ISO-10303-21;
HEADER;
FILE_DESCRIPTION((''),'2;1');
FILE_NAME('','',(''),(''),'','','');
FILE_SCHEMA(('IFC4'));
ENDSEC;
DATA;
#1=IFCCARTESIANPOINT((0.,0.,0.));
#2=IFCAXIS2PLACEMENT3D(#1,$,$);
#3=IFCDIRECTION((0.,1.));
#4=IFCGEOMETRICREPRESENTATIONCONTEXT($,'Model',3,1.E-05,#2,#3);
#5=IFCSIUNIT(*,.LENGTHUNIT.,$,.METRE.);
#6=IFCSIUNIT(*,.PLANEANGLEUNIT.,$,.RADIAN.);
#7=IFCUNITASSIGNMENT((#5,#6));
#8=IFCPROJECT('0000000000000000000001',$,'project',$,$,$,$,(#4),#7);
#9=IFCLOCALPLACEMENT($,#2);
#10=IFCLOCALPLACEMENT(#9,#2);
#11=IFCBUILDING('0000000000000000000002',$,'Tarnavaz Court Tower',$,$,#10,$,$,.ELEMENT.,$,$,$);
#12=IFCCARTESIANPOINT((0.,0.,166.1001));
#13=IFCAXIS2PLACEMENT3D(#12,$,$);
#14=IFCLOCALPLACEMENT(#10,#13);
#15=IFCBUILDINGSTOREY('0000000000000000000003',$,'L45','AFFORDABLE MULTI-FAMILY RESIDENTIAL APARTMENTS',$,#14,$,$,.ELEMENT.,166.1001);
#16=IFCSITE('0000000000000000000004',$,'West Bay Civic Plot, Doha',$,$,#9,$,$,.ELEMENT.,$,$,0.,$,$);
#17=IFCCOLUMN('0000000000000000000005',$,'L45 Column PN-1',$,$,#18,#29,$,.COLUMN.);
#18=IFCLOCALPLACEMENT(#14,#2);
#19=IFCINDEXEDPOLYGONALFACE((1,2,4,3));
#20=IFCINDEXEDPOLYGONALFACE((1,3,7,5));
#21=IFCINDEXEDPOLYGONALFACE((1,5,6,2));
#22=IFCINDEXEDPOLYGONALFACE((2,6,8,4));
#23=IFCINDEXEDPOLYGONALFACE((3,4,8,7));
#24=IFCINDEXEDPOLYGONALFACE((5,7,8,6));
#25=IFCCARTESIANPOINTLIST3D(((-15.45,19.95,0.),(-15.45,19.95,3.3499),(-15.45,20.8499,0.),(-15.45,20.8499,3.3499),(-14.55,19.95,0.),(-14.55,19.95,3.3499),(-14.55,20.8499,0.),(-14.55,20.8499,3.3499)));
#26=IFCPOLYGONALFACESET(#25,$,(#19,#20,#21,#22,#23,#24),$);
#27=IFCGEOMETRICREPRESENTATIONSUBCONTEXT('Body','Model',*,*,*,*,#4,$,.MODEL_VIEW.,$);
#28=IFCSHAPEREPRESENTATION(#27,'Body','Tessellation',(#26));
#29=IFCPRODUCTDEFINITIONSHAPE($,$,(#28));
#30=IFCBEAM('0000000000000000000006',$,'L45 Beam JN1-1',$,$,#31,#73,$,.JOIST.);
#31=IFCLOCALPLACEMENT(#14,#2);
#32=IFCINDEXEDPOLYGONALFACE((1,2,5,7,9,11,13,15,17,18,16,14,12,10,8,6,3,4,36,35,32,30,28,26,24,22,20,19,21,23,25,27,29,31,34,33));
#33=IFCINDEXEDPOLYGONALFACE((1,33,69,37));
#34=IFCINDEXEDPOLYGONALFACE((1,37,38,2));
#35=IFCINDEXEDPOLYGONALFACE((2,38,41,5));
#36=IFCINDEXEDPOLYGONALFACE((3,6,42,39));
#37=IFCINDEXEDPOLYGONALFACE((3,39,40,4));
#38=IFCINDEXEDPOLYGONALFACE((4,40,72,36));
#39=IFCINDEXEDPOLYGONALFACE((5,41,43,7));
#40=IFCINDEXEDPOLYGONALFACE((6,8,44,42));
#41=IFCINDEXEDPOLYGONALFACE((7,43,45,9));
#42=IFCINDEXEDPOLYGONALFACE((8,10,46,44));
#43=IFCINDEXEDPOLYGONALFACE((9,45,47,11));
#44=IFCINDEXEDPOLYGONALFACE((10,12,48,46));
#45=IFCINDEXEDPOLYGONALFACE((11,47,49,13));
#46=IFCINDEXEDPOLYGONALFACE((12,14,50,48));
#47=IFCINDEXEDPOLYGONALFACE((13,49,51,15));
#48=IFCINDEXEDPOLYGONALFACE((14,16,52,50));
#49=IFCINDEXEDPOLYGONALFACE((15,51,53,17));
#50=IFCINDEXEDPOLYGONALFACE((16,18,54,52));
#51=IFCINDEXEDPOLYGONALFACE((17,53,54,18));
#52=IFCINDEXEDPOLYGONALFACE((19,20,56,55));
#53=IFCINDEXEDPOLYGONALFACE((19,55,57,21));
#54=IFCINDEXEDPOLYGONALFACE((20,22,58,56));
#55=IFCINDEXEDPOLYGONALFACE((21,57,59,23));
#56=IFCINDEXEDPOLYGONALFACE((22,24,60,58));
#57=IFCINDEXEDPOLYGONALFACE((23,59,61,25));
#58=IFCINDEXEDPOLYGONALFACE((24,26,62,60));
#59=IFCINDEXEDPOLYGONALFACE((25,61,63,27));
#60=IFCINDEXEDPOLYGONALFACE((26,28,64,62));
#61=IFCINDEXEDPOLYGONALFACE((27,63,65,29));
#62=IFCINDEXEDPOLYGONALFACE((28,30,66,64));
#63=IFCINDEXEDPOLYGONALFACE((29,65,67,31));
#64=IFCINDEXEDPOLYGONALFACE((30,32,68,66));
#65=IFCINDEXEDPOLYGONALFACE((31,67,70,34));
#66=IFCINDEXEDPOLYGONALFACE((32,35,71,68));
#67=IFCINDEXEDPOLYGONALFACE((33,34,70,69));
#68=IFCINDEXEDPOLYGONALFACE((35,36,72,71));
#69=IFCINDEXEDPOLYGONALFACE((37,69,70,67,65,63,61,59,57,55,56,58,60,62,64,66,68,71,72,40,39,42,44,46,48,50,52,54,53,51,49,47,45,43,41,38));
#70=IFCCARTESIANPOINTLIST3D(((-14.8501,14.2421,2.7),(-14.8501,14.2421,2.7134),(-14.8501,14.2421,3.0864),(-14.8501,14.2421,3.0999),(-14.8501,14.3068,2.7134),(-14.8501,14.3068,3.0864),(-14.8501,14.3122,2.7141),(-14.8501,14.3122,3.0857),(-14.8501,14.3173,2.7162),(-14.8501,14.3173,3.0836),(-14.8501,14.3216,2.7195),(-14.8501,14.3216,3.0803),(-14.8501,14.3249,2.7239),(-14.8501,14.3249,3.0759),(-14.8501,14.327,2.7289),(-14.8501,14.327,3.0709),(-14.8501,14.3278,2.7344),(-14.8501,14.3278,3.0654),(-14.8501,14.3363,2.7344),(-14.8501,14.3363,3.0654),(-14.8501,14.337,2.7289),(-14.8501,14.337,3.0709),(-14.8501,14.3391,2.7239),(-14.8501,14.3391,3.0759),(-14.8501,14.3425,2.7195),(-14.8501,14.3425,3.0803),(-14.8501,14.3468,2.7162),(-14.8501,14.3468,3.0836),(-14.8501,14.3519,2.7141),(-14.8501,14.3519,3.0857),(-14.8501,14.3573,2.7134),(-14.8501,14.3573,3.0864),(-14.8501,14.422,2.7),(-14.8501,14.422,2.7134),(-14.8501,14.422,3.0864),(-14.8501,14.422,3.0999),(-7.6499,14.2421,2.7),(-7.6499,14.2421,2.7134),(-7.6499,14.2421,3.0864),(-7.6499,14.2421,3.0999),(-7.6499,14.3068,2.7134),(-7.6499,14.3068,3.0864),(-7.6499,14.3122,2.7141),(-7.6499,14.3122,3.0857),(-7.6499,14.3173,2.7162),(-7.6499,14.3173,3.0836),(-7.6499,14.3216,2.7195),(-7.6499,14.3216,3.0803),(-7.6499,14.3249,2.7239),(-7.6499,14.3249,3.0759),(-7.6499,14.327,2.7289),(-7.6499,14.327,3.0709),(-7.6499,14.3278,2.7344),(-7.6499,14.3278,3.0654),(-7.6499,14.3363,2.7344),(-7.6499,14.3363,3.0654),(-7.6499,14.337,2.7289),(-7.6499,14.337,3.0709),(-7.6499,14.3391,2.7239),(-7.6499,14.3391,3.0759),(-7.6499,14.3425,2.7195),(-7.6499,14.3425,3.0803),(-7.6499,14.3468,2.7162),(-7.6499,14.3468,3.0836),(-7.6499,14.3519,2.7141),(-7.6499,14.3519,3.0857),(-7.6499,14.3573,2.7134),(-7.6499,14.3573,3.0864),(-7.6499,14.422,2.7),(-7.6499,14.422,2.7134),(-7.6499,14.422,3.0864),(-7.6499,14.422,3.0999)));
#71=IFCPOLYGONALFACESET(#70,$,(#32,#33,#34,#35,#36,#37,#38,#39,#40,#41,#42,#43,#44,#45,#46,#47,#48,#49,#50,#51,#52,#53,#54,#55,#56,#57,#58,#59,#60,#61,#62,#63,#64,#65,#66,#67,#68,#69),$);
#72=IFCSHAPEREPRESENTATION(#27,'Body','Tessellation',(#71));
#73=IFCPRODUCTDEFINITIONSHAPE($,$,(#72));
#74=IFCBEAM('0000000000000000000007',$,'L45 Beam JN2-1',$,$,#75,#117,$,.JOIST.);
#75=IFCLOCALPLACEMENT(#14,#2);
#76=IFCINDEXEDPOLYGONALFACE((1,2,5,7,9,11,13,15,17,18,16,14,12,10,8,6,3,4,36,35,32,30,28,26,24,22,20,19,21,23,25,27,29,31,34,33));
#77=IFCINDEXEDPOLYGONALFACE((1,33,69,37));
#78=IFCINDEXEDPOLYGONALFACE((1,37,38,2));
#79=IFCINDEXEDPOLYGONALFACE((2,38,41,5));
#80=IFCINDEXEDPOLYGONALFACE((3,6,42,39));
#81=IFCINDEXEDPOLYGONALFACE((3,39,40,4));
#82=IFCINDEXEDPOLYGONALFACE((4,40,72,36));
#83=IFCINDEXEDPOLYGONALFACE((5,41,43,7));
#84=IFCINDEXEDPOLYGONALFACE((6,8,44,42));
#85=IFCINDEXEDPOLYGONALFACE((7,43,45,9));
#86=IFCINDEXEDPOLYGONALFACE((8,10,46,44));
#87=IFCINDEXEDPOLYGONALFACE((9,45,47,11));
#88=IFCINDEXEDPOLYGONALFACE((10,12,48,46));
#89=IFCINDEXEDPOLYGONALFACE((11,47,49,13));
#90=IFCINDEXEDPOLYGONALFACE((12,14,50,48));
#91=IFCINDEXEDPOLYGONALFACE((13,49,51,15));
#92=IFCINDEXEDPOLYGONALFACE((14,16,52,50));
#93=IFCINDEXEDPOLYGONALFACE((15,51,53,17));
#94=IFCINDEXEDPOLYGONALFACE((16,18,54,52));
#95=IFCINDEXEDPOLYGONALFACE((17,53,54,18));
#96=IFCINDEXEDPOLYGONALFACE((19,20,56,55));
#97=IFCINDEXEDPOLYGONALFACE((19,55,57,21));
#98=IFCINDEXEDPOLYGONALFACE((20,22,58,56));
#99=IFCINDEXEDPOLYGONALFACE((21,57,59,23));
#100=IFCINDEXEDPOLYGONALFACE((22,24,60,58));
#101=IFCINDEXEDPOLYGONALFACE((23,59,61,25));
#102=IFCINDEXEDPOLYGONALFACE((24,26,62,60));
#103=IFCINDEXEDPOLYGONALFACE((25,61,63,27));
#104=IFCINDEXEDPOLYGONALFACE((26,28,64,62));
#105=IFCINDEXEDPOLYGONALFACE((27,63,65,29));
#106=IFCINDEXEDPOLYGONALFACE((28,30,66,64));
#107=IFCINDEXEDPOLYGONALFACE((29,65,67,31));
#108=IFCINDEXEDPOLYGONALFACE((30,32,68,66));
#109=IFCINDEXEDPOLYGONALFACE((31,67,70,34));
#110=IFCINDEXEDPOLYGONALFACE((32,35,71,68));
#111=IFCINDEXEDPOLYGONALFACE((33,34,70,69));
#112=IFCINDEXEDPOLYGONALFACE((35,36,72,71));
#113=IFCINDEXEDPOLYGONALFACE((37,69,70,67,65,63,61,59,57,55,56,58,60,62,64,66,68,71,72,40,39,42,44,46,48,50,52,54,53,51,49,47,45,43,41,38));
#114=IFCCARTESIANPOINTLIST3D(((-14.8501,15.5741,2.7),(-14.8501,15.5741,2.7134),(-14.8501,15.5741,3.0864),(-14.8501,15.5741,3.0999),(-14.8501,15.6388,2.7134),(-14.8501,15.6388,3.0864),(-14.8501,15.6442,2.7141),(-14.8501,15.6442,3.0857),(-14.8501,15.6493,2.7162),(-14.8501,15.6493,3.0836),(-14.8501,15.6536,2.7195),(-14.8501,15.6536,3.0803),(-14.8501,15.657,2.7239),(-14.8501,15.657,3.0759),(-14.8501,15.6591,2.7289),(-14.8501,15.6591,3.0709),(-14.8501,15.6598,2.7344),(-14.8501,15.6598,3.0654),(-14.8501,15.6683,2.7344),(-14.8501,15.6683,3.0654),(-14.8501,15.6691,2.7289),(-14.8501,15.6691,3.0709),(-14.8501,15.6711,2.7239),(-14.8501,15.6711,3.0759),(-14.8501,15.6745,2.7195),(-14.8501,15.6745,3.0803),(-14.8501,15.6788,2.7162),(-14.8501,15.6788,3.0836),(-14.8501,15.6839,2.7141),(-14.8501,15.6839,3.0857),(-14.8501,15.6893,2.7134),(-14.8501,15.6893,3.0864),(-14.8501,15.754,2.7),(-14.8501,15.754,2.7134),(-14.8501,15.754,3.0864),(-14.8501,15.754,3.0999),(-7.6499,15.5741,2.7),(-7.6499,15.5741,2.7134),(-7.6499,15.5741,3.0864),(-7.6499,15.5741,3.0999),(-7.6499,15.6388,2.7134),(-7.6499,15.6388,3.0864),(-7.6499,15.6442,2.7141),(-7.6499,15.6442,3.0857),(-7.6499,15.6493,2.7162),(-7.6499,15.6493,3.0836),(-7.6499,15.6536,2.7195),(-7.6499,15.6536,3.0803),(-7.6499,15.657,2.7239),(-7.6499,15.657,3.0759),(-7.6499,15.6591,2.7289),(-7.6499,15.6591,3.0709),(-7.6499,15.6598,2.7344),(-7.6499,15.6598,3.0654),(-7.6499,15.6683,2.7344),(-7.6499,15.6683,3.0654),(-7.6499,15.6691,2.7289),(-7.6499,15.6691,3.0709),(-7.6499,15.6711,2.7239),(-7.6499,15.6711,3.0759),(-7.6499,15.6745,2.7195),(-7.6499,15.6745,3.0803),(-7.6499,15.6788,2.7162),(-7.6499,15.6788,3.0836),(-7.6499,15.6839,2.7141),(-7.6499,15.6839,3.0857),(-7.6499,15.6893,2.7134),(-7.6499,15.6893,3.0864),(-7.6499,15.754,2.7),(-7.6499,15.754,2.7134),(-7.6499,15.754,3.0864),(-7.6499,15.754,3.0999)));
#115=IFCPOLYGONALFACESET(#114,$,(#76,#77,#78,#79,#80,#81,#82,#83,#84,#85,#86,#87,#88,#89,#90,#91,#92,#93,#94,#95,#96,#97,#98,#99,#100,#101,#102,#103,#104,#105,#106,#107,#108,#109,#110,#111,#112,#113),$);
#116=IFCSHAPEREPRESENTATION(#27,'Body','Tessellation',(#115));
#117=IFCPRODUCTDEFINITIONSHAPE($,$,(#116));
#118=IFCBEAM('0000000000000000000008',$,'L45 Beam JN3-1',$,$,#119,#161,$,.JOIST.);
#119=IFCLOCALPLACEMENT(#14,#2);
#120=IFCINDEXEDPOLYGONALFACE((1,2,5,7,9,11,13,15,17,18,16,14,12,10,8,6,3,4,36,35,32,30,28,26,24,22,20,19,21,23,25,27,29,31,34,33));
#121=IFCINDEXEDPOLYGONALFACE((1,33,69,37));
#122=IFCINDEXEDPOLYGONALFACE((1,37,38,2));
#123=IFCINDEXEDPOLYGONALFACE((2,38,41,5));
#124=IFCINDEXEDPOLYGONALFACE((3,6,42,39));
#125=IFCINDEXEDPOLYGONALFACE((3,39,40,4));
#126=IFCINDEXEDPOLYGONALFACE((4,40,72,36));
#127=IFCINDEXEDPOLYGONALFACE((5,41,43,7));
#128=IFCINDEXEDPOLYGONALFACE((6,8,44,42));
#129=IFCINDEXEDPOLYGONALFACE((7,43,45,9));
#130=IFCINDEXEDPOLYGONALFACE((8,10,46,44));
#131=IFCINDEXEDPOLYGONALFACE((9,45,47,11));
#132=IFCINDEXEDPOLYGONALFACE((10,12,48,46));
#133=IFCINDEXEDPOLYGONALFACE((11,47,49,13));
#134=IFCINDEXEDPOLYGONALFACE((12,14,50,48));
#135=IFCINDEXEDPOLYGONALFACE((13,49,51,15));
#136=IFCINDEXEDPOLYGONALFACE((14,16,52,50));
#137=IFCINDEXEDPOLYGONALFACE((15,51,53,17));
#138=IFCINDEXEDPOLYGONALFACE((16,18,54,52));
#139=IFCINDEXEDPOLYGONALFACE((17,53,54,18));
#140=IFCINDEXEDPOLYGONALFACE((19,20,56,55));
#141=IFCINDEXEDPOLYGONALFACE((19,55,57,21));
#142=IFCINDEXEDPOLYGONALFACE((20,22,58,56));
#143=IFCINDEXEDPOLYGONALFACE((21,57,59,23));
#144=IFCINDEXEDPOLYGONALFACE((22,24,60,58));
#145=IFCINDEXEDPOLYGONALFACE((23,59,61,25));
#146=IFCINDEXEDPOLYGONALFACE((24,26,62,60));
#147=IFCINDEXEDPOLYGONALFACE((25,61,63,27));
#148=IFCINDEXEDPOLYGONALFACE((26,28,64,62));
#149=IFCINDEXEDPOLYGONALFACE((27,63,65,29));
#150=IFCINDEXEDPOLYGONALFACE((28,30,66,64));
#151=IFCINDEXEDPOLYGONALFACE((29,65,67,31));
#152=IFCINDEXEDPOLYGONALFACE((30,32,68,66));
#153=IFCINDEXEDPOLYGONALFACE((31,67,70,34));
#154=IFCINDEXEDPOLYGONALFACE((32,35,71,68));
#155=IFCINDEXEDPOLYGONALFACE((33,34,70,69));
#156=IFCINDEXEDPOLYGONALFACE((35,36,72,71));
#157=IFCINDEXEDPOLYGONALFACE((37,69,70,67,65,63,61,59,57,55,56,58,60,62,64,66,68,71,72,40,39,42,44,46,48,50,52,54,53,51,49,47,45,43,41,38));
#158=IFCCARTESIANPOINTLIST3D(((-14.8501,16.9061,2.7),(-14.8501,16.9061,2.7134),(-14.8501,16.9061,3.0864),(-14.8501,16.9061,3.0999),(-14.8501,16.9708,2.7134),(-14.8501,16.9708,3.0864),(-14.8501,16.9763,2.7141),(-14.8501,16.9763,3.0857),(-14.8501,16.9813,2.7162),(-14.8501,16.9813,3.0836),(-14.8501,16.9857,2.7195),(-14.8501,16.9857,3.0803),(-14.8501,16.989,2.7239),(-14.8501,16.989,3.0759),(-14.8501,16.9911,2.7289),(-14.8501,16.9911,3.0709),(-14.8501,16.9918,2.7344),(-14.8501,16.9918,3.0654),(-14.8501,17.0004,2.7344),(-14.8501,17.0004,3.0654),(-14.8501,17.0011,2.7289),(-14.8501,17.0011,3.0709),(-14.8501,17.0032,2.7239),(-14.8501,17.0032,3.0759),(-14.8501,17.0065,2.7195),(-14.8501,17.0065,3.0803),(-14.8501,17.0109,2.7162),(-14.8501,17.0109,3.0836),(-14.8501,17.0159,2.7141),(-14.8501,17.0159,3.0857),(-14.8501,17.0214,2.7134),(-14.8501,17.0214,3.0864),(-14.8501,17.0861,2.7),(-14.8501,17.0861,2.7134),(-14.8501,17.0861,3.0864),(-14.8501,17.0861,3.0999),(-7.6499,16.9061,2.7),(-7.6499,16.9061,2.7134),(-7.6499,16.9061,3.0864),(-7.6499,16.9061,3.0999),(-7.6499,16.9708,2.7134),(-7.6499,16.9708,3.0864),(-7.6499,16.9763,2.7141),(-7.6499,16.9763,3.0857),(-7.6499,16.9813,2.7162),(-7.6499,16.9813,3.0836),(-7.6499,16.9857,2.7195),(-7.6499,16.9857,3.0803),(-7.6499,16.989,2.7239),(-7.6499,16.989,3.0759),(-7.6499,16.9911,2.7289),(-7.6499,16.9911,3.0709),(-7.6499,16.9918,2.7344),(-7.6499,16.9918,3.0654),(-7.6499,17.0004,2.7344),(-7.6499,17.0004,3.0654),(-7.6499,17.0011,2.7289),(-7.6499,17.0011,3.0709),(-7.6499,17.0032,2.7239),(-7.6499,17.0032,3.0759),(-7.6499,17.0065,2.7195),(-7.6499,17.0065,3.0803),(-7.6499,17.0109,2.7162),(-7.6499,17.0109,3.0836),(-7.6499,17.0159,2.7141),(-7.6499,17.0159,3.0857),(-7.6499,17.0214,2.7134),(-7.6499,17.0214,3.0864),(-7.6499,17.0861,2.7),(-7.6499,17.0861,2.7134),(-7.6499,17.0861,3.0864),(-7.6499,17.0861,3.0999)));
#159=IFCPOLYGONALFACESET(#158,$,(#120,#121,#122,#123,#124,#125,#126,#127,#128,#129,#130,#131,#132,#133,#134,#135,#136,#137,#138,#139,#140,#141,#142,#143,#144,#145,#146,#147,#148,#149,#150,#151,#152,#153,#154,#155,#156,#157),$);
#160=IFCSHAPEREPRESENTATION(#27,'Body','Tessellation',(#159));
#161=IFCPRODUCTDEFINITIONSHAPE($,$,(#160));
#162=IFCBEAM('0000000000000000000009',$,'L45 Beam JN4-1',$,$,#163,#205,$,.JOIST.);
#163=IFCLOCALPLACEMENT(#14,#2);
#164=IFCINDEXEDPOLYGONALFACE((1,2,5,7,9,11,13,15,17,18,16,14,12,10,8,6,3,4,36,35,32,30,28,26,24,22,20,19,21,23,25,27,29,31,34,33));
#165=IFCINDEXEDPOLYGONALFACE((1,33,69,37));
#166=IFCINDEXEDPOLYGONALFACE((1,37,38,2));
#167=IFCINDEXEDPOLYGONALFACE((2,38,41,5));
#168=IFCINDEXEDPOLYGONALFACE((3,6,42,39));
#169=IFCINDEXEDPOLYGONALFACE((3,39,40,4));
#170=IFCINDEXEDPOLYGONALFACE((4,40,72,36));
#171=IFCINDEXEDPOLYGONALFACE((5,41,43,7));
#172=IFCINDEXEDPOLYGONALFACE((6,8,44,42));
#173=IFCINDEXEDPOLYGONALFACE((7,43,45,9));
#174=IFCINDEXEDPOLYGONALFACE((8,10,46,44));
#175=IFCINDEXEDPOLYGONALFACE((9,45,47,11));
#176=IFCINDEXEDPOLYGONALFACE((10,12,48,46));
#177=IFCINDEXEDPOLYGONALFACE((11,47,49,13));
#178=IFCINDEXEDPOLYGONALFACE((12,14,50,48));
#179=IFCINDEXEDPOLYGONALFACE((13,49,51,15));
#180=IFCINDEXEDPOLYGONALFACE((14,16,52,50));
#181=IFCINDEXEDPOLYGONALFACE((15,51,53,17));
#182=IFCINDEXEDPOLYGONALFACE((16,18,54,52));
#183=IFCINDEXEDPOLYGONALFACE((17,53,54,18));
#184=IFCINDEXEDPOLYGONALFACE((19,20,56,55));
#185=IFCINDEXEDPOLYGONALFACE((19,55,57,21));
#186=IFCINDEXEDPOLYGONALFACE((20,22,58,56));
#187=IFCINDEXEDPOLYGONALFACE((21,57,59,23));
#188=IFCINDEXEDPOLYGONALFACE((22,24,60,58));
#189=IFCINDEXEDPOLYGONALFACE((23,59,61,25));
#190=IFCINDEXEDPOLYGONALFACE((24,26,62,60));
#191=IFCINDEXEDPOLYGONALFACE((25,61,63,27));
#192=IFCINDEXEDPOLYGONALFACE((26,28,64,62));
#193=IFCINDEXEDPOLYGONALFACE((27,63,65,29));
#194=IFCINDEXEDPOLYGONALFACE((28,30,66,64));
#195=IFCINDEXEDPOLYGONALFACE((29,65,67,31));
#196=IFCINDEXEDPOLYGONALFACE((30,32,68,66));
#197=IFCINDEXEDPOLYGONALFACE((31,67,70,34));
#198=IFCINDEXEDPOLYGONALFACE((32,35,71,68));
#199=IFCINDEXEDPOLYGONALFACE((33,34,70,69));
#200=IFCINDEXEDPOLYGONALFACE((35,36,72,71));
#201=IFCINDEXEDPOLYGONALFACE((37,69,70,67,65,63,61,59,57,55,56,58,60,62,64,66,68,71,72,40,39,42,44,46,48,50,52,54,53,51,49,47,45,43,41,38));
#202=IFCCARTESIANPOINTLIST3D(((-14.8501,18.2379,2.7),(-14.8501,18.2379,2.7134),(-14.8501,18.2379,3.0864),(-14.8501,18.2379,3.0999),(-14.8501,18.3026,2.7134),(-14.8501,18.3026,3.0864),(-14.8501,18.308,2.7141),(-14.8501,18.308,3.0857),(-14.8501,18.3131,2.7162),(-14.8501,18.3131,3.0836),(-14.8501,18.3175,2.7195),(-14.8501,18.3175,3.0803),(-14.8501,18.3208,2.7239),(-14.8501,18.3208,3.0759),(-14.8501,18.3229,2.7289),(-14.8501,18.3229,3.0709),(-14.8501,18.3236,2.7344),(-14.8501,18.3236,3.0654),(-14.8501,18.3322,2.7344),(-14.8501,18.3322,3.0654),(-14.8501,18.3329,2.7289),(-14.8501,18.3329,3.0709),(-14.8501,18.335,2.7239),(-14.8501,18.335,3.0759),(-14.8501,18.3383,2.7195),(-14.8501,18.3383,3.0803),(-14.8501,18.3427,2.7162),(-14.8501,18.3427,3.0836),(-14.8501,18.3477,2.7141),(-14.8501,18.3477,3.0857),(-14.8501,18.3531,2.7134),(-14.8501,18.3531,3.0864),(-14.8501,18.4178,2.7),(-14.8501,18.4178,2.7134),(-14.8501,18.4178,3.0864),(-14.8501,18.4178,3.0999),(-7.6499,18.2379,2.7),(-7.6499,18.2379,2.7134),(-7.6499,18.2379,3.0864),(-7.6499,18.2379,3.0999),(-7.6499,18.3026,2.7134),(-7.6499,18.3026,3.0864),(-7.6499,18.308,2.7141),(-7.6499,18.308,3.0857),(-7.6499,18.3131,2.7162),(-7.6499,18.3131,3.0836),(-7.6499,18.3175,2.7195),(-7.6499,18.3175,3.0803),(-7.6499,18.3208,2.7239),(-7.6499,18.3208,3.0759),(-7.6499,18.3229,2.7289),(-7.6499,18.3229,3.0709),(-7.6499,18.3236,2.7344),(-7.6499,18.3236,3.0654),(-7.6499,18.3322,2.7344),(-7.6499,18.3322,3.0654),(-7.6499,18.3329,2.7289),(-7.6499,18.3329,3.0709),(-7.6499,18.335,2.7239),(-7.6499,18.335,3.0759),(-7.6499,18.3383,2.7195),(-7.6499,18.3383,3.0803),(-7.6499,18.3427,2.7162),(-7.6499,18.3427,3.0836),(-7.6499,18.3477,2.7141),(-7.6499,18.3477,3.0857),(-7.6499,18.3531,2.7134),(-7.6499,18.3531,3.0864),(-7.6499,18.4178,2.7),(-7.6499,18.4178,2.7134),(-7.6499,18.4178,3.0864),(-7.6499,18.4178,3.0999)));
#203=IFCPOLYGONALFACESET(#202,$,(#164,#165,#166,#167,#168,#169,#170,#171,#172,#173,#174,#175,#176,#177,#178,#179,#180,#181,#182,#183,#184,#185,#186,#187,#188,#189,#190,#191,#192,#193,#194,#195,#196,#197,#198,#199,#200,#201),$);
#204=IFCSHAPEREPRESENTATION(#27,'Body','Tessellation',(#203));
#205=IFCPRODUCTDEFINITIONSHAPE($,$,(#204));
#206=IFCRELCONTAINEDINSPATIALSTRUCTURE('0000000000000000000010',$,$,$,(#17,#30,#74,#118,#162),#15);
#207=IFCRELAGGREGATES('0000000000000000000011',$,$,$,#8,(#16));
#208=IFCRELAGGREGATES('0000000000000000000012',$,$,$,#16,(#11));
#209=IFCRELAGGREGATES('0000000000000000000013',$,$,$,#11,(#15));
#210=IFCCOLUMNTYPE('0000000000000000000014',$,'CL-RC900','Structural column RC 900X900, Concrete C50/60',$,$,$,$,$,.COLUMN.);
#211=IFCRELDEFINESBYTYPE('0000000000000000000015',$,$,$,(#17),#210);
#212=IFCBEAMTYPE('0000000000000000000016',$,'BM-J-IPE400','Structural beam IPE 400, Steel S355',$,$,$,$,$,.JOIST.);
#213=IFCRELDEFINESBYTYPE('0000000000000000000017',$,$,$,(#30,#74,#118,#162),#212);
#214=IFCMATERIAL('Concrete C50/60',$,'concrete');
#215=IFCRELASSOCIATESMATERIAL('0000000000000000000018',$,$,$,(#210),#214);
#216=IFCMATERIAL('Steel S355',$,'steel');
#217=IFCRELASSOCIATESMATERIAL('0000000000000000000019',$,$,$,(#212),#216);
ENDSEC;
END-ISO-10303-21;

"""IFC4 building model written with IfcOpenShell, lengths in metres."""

from ifc_helpers import new_model, si_unit, direction, frame, origin, origin_2d, place, context, subcontext, project, spatial, rectangle, i_section, extrude, material, material_profile, profile_set, type_object, element, save


model = new_model("IFC4")

# Units and contexts
model_context = context("Model", 3, precision=1e-05, world=origin(), true_north=direction((0.0, 1.0)))
body_context = subcontext(model_context, "Body", "Model", "MODEL_VIEW")
ifc_project = project(units=[si_unit("LENGTHUNIT", "METRE"), si_unit("PLANEANGLEUNIT", "RADIAN")], contexts=[model_context])

# Site, building, storey
site_placement = place(None, origin())
site = spatial("IfcSite", under=ifc_project, at=site_placement, Name="West Bay Civic Plot, Doha", CompositionType="ELEMENT", RefElevation=0.0)
building_placement = place(site_placement, origin())
building = spatial("IfcBuilding", under=site, at=building_placement, Name="Tarnavaz Court Tower", CompositionType="ELEMENT")
storey_placement = place(building_placement, frame((0.0, 0.0, 166.1001)))
storey = spatial("IfcBuildingStorey", under=building, at=storey_placement, Name="L45", Description="AFFORDABLE MULTI-FAMILY RESIDENTIAL APARTMENTS", CompositionType="ELEMENT", Elevation=166.1001)

# Column
ifc_material_1 = material(Name="Concrete C50/60", Category="concrete")
ifc_material_profile_1 = material_profile(ifc_material_1, rectangle(XDim=0.8999, YDim=0.8999, at=origin_2d()), Name="RC 900X900")
ifc_profile_set_1 = profile_set([ifc_material_profile_1], Name="Concrete C50/60")
column_type = type_object("IfcColumnType", Name="CL-RC900", Description="Structural column RC 900X900, Concrete C50/60", PredefinedType="COLUMN", material=ifc_profile_set_1)
column_placement = place(storey_placement, frame((-15.0, 20.3999, 0.0), z_axis=(0.0, 0.0, 1.0), x_axis=(1.0, 0.0, 0.0)))
element("IfcColumn", 1, at=column_placement, inside=storey, type_object=column_type, Name="L45 Column PN-1", PredefinedType="COLUMN", context=body_context, shape_type="SweptSolid", body=[
    extrude(rectangle(XDim=0.8999, YDim=0.8999, at=origin_2d()), origin(), (0.0, 0.0, 1.0), 3.3499),
])

# Beams
ifc_material_2 = material(Name="Steel S355", Category="steel")
ifc_material_profile_2 = material_profile(ifc_material_2, i_section(OverallWidth=0.1799, OverallDepth=0.3999, WebThickness=0.0085, FlangeThickness=0.0134, FilletRadius=0.021, at=origin_2d()), Name="IPE 400")
ifc_profile_set_2 = profile_set([ifc_material_profile_2], Name="Steel S355")
beam_type_1 = type_object("IfcBeamType", Name="BM-J-IPE400", Description="Structural beam IPE 400, Steel S355", PredefinedType="JOIST", material=ifc_profile_set_2)
for number, where, z_axis, x_axis, name in (
    (2, (-14.8501, 14.332, 2.8999), (1.0, 0.0, 0.0), (0.0, 1.0, 0.0), "L45 Beam JN1-1"),
    (3, (-14.8501, 15.6641, 2.8999), (1.0, 0.0, 0.0), (0.0, 1.0, 0.0), "L45 Beam JN2-1"),
    (4, (-14.8501, 16.9961, 2.8999), (1.0, 0.0, 0.0), (0.0, 1.0, 0.0), "L45 Beam JN3-1"),
    (5, (-14.8501, 18.3279, 2.8999), (1.0, 0.0, 0.0), (0.0, 1.0, 0.0), "L45 Beam JN4-1"),
):
    element("IfcBeam", number, at=place(storey_placement, frame(where, z_axis=z_axis, x_axis=x_axis)), inside=storey, type_object=beam_type_1, Name=name, PredefinedType="JOIST", context=body_context, shape_type="SweptSolid", body=[
        extrude(i_section(OverallWidth=0.1799, OverallDepth=0.3999, WebThickness=0.0085, FlangeThickness=0.0134, FilletRadius=0.021, at=origin_2d()), origin(), (0.0, 0.0, 1.0), 7.2002),
    ])

save(model, "model.ifc")
